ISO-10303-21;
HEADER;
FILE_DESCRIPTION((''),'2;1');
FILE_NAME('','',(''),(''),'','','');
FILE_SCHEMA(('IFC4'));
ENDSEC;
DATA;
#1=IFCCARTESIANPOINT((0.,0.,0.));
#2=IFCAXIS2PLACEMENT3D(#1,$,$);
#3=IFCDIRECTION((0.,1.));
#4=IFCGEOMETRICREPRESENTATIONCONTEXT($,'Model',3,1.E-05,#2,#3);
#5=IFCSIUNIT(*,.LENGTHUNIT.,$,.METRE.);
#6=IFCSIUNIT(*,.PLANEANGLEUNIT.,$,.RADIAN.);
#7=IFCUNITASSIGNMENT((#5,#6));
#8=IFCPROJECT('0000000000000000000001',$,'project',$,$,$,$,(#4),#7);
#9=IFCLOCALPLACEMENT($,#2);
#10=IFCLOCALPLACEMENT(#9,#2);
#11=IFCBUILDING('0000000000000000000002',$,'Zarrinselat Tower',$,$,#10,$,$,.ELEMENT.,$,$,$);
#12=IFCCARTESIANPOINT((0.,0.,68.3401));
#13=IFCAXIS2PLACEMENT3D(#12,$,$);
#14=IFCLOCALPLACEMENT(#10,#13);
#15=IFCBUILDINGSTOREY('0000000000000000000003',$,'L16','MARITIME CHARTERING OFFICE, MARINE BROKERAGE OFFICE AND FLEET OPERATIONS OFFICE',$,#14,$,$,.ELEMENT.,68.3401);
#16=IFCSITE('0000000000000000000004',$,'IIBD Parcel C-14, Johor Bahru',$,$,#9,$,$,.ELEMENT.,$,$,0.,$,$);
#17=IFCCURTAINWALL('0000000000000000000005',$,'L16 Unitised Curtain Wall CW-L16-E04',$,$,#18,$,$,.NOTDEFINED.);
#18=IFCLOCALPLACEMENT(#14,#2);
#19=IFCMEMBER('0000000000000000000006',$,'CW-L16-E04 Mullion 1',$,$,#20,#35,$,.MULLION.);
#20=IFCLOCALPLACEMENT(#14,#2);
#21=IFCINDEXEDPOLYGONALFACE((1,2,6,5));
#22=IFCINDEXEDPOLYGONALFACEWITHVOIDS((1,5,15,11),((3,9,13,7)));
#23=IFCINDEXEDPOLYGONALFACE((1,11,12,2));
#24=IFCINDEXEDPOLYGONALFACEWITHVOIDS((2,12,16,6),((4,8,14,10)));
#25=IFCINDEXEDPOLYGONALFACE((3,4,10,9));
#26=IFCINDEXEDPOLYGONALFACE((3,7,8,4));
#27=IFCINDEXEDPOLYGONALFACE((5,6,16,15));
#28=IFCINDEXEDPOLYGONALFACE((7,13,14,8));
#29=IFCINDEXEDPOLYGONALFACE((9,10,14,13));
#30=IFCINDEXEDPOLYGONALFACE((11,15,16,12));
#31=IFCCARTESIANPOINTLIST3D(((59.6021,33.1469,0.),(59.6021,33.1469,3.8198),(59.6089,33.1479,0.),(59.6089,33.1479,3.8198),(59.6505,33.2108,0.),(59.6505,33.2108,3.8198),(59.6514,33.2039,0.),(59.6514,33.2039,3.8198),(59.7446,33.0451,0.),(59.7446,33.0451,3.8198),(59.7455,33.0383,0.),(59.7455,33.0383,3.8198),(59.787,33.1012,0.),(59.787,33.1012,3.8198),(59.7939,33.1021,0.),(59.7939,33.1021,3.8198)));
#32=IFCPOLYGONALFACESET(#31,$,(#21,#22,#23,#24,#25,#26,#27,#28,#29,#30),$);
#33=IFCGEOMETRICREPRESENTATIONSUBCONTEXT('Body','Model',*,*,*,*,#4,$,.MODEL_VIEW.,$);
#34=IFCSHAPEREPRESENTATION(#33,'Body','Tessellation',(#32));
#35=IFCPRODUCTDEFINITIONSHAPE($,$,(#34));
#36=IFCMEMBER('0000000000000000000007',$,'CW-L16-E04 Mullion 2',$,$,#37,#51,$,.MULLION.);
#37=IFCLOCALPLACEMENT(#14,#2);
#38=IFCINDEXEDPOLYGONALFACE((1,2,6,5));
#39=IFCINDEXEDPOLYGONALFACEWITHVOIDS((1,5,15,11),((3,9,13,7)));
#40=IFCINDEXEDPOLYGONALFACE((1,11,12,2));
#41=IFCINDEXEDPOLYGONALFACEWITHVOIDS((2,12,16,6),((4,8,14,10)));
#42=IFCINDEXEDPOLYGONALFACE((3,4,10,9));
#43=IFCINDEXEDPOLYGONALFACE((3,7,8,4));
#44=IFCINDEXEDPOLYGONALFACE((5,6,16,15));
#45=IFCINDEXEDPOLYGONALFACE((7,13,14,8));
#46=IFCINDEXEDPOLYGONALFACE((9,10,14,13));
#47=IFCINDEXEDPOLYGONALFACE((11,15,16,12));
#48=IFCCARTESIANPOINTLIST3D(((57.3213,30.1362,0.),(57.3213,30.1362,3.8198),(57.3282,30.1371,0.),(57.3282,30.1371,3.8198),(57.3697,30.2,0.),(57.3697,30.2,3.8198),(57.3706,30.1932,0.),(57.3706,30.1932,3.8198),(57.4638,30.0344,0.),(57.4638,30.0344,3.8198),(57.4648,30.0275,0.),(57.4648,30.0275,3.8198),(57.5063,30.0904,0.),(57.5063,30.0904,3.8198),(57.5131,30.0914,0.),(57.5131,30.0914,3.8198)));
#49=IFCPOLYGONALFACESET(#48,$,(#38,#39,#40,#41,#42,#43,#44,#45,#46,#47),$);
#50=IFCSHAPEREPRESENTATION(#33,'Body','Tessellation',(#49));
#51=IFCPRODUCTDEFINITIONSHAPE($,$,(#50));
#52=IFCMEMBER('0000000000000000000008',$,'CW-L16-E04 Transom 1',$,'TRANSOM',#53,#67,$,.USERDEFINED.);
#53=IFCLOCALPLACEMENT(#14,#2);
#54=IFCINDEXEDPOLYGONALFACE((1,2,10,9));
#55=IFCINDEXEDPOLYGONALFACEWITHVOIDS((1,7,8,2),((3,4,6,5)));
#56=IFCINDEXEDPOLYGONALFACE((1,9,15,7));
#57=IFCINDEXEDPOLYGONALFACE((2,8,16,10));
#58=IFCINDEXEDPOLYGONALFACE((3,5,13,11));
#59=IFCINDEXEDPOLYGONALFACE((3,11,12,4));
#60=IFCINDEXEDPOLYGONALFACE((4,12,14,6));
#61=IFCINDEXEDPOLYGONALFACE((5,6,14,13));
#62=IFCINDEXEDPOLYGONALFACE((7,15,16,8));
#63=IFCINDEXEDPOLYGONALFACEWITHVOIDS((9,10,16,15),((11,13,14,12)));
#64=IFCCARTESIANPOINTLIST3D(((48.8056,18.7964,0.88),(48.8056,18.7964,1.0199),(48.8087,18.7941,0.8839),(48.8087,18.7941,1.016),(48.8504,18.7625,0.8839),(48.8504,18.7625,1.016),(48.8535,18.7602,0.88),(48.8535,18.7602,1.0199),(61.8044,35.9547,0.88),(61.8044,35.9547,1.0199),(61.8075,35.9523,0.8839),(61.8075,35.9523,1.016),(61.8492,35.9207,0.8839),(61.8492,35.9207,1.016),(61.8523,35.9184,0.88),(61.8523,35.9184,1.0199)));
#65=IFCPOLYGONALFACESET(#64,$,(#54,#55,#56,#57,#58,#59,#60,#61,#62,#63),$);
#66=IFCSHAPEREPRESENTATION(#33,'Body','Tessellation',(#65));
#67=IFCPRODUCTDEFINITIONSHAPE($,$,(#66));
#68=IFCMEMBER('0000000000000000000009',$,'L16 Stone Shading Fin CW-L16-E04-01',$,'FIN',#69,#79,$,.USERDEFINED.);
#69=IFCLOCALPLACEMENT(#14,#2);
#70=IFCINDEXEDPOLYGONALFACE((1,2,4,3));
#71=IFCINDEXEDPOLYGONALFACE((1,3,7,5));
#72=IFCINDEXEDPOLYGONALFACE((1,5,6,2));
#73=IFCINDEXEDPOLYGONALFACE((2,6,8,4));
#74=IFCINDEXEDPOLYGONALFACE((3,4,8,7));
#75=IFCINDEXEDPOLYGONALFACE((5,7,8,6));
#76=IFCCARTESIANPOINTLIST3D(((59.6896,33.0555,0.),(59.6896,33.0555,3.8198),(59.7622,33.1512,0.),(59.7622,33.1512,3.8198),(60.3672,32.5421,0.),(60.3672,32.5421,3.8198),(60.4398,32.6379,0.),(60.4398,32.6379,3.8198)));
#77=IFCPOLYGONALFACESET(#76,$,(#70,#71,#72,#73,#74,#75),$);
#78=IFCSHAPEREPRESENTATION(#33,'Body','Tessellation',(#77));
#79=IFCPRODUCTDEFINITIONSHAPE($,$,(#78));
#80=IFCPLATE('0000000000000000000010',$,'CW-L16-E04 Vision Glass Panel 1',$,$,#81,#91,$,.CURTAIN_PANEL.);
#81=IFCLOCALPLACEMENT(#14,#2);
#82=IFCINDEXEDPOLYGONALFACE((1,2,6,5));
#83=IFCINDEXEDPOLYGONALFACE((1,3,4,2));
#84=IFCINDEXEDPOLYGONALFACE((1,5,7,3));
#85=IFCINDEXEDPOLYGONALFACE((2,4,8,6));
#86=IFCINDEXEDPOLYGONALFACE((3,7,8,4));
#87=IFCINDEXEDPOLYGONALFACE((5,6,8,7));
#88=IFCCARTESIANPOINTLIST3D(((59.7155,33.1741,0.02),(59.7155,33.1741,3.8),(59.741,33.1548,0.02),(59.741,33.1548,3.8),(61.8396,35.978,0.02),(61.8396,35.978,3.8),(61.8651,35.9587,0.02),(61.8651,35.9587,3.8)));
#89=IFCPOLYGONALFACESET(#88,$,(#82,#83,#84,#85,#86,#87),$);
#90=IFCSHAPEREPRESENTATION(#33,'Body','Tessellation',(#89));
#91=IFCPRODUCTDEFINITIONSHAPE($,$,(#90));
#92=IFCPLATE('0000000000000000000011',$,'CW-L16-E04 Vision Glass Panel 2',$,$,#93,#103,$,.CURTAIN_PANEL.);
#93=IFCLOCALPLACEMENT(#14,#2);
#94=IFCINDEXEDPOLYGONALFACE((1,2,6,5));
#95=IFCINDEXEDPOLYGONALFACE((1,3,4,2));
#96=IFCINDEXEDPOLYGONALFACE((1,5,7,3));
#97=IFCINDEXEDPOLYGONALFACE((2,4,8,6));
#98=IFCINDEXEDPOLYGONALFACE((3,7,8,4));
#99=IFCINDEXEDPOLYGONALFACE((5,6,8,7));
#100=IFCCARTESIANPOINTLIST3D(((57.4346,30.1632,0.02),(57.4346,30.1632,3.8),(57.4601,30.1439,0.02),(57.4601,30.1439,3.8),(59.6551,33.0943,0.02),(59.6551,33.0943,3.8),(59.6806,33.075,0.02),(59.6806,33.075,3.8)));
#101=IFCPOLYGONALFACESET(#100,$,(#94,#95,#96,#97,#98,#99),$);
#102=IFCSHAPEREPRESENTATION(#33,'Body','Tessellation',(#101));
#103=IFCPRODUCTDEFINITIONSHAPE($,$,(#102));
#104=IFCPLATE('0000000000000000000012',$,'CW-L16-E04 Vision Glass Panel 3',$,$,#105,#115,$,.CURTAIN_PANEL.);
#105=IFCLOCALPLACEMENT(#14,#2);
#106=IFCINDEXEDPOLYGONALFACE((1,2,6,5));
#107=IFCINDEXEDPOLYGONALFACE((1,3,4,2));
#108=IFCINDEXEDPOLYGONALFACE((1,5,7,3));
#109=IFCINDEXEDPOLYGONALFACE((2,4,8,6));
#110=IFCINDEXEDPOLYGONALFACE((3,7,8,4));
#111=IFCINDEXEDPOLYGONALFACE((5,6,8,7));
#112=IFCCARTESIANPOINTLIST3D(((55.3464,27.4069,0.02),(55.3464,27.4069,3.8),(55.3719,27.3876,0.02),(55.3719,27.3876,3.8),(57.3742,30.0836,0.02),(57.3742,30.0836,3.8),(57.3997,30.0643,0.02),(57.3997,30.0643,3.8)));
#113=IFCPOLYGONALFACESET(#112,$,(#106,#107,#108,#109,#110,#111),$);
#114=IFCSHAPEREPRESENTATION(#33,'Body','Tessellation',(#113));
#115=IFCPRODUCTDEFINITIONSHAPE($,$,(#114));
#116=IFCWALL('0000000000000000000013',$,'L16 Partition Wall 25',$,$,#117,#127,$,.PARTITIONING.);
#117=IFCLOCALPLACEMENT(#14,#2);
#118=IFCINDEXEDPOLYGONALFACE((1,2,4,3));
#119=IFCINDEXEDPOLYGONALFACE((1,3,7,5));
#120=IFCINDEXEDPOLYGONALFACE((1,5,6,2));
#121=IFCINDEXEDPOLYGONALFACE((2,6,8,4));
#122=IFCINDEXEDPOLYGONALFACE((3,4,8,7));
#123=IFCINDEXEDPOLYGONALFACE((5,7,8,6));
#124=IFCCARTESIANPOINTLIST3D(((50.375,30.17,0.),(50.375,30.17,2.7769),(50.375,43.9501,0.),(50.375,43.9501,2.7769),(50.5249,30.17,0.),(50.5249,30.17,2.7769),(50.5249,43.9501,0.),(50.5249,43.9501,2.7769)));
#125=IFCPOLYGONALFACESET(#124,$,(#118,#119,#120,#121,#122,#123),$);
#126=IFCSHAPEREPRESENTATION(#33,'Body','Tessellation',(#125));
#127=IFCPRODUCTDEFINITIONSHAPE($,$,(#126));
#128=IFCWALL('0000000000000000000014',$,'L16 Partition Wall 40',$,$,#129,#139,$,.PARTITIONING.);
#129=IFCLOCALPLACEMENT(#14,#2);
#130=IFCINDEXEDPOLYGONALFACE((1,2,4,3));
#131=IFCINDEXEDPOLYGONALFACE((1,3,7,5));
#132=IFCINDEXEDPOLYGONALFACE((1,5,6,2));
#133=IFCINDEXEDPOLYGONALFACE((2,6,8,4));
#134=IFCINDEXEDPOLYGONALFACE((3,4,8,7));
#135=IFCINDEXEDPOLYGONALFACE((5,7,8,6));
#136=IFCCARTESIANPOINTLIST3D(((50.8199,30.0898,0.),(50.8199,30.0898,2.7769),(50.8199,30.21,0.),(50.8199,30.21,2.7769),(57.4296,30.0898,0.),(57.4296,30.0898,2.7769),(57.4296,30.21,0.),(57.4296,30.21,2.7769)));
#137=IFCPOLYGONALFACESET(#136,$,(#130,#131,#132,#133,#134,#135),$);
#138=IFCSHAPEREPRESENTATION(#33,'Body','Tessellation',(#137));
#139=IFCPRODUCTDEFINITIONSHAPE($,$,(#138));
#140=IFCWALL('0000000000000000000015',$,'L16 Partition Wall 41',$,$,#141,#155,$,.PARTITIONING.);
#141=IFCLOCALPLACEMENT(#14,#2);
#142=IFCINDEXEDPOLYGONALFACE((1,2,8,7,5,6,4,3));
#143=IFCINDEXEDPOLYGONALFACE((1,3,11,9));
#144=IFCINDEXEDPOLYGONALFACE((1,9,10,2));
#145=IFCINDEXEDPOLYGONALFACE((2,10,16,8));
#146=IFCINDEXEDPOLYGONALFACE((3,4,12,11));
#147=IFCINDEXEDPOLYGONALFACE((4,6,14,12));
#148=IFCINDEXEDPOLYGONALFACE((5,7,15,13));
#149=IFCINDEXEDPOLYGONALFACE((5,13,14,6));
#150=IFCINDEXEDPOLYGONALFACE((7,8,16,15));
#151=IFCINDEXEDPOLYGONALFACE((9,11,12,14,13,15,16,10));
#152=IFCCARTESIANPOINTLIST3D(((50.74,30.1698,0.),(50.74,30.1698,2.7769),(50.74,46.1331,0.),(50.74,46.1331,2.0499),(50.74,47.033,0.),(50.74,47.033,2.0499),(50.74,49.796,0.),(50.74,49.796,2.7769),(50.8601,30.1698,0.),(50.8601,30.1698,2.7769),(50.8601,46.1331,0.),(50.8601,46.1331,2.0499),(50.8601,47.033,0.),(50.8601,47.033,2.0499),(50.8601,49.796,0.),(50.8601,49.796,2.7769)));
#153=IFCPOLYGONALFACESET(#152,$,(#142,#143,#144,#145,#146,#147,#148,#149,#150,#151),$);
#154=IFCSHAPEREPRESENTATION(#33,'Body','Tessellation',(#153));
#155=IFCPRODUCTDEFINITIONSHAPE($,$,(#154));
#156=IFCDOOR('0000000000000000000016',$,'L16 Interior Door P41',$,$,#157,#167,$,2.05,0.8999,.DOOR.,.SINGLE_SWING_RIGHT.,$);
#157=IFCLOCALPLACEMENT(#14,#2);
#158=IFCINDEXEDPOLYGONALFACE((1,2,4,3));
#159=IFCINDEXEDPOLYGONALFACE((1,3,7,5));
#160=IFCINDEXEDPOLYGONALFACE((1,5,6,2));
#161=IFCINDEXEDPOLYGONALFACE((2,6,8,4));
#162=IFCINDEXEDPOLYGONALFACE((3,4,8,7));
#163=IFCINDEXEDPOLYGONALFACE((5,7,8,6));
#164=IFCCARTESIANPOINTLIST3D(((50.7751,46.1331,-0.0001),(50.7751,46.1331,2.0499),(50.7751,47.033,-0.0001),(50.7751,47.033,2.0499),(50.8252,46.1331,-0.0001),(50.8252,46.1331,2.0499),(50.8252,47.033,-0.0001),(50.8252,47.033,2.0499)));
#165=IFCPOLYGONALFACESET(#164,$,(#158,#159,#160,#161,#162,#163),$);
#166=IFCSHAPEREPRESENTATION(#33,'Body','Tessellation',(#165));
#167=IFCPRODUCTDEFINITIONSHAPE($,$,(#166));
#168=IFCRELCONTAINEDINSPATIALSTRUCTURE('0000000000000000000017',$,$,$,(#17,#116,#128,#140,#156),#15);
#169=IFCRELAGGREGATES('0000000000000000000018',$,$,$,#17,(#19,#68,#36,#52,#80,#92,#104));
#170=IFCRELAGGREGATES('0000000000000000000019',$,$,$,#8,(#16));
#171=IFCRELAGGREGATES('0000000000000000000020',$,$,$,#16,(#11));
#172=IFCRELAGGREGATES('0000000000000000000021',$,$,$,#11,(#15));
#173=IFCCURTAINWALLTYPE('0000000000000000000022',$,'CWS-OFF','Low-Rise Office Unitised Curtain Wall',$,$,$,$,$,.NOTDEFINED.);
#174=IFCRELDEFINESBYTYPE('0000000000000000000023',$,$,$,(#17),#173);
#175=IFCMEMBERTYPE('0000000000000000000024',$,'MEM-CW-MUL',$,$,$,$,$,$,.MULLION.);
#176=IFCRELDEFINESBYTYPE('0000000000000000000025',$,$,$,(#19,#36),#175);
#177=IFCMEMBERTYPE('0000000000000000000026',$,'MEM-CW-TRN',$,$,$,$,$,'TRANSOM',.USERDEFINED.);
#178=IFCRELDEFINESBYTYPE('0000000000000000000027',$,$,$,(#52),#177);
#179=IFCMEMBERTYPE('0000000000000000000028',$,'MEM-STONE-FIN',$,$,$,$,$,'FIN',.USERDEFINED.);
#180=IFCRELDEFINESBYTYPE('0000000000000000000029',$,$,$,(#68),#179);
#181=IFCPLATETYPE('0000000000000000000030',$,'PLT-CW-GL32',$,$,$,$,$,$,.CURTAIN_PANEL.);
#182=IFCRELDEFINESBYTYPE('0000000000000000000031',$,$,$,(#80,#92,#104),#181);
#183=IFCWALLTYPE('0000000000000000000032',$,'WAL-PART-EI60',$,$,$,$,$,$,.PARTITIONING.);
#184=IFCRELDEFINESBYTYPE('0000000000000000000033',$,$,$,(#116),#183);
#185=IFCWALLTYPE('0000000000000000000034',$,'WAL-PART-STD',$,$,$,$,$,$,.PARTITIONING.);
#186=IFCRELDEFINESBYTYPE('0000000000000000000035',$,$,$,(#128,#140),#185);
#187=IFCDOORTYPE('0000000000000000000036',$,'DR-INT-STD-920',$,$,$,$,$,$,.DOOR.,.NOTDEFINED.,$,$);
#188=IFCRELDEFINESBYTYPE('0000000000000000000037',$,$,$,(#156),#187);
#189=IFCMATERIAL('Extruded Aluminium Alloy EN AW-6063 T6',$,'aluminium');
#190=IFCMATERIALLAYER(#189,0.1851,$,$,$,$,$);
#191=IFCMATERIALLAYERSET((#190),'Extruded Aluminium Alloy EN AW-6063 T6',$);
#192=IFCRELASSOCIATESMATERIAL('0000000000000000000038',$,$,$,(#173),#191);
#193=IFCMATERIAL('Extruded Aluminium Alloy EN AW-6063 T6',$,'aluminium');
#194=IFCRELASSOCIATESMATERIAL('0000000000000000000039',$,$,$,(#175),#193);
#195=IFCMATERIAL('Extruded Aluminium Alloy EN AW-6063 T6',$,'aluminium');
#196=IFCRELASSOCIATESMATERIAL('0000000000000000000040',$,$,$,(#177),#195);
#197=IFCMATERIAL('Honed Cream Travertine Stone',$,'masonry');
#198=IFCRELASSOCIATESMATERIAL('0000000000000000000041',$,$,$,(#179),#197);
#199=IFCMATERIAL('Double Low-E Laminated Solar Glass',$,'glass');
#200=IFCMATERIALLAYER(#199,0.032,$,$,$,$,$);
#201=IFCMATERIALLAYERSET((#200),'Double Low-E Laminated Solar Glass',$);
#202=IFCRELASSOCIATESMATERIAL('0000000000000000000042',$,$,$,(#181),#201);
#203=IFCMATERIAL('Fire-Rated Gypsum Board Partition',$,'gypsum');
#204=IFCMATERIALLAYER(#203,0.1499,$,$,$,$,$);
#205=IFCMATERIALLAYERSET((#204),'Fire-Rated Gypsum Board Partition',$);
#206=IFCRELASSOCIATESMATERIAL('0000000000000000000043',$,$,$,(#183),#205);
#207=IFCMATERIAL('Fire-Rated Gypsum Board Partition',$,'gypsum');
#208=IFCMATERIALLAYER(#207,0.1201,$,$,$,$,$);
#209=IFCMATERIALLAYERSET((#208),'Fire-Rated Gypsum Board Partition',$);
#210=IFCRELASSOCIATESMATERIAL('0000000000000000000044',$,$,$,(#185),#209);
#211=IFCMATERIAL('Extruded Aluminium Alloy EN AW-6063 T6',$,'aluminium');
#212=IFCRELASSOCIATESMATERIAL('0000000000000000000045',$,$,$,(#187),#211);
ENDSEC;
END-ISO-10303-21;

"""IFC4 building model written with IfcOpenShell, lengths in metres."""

from ifc_helpers import new_model, si_unit, direction, frame, frame_2d, origin, origin_2d, place, context, subcontext, project, spatial, rectangle, hollow_rectangle, extrude, material, layer, layer_set, material_profile, profile_set, type_object, element, fill, aggregate, save


model = new_model("IFC4")

# Units and contexts
model_context = context("Model", 3, precision=1e-05, world=origin(), true_north=direction((0.0, 1.0)))
body_context = subcontext(model_context, "Body", "Model", "MODEL_VIEW")
ifc_project = project(units=[si_unit("LENGTHUNIT", "METRE"), si_unit("PLANEANGLEUNIT", "RADIAN")], contexts=[model_context])

# Site, building, storey
site_placement = place(None, origin())
site = spatial("IfcSite", under=ifc_project, at=site_placement, Name="IIBD Parcel C-14, Johor Bahru", CompositionType="ELEMENT", RefElevation=0.0)
building_placement = place(site_placement, origin())
building = spatial("IfcBuilding", under=site, at=building_placement, Name="Zarrinselat Tower", CompositionType="ELEMENT")
storey_placement = place(building_placement, frame((0.0, 0.0, 68.3401)))
storey = spatial("IfcBuildingStorey", under=building, at=storey_placement, Name="L16", Description="MARITIME CHARTERING OFFICE, MARINE BROKERAGE OFFICE AND FLEET OPERATIONS OFFICE", CompositionType="ELEMENT", Elevation=68.3401)

# Shared definitions
ifc_material_1 = material(Name="Extruded Aluminium Alloy EN AW-6063 T6", Category="aluminium")
ifc_layer_1 = layer(ifc_material_1, 0.1851)
ifc_layer_set_1 = layer_set([ifc_layer_1], Name="Extruded Aluminium Alloy EN AW-6063 T6")
curtain_wall_type = type_object("IfcCurtainWallType", Name="CWS-OFF", Description="Low-Rise Office Unitised Curtain Wall", PredefinedType="NOTDEFINED", material=ifc_layer_set_1)
ifc_material_2 = material(Name="Extruded Aluminium Alloy EN AW-6063 T6", Category="aluminium")
ifc_material_profile_1 = material_profile(ifc_material_2, hollow_rectangle(XDim=0.0801, YDim=0.1799, WallThickness=0.0049, at=origin_2d()), Name="RHS 180x80x5")
ifc_profile_set_1 = profile_set([ifc_material_profile_1], Name="Extruded Aluminium Alloy EN AW-6063 T6")
member_type_1 = type_object("IfcMemberType", Name="MEM-CW-MUL", PredefinedType="MULLION", material=ifc_profile_set_1)

# Curtain wall, members, plates
curtain_wall_1_placement = place(storey_placement, origin())
curtain_wall_1 = element("IfcCurtainWall", 1, at=curtain_wall_1_placement, inside=storey, type_object=curtain_wall_type, Name="L16 Unitised Curtain Wall CW-L16-E04", PredefinedType="NOTDEFINED")
member_1_placement = place(storey_placement, frame((59.698, 33.1245, 0.0), z_axis=(0.0, 0.0, 1.0), x_axis=(-0.603859, -0.797091, 0.0)))
member_1 = element("IfcMember", 2, at=member_1_placement, type_object=member_type_1, Name="CW-L16-E04 Mullion 1", PredefinedType="MULLION", context=body_context, shape_type="SweptSolid", body=[
    extrude(hollow_rectangle(XDim=0.0801, YDim=0.1799, WallThickness=0.0049, at=origin_2d()), origin(), (0.0, 0.0, 1.0), 3.8198),
])
member_2_placement = place(storey_placement, frame((57.4172, 30.1138, 0.0), z_axis=(0.0, 0.0, 1.0), x_axis=(-0.603859, -0.797091, 0.0)))
member_2 = element("IfcMember", 3, at=member_2_placement, type_object=member_type_1, Name="CW-L16-E04 Mullion 2", PredefinedType="MULLION", context=body_context, shape_type="SweptSolid", body=[
    extrude(hollow_rectangle(XDim=0.0801, YDim=0.1799, WallThickness=0.0049, at=origin_2d()), origin(), (0.0, 0.0, 1.0), 3.8198),
])
ifc_material_3 = material(Name="Extruded Aluminium Alloy EN AW-6063 T6", Category="aluminium")
ifc_material_profile_2 = material_profile(ifc_material_3, hollow_rectangle(XDim=0.0601, YDim=0.1399, WallThickness=0.0039, at=origin_2d()), Name="RHS 140x60x4")
ifc_profile_set_2 = profile_set([ifc_material_profile_2], Name="Extruded Aluminium Alloy EN AW-6063 T6")
member_type_2 = type_object("IfcMemberType", Name="MEM-CW-TRN", ElementType="TRANSOM", PredefinedType="USERDEFINED", material=ifc_profile_set_2)
member_3_placement = place(storey_placement, frame((61.8284, 35.9365, 0.95), z_axis=(-0.603862, -0.797089, 0.0), x_axis=(0.797089, -0.603862, 0.0)))
member_3 = element("IfcMember", 4, at=member_3_placement, type_object=member_type_2, Name="CW-L16-E04 Transom 1", ObjectType="TRANSOM", PredefinedType="USERDEFINED", context=body_context, shape_type="SweptSolid", body=[
    extrude(hollow_rectangle(XDim=0.0601, YDim=0.1399, WallThickness=0.0039, at=origin_2d()), origin(), (0.0, 0.0, 1.0), 21.5261),
])
ifc_material_4 = material(Name="Honed Cream Travertine Stone", Category="masonry")
ifc_material_profile_3 = material_profile(ifc_material_4, rectangle(XDim=0.1201, YDim=0.8501, at=origin_2d()), Name="FIN 850x120")
ifc_profile_set_3 = profile_set([ifc_material_profile_3], Name="Honed Cream Travertine Stone")
member_type_3 = type_object("IfcMemberType", Name="MEM-STONE-FIN", ElementType="FIN", PredefinedType="USERDEFINED", material=ifc_profile_set_3)
member_4_placement = place(storey_placement, frame((60.0647, 32.8467, 0.0), z_axis=(0.0, 0.0, 1.0), x_axis=(-0.603859, -0.797091, 0.0)))
member_4 = element("IfcMember", 5, at=member_4_placement, type_object=member_type_3, Name="L16 Stone Shading Fin CW-L16-E04-01", ObjectType="FIN", PredefinedType="USERDEFINED", context=body_context, shape_type="SweptSolid", body=[
    extrude(rectangle(XDim=0.1201, YDim=0.8501, at=origin_2d()), origin(), (0.0, 0.0, 1.0), 3.8198),
])
ifc_material_5 = material(Name="Double Low-E Laminated Solar Glass", Category="glass")
ifc_layer_2 = layer(ifc_material_5, 0.032)
ifc_layer_set_2 = layer_set([ifc_layer_2], Name="Double Low-E Laminated Solar Glass")
plate_type = type_object("IfcPlateType", Name="PLT-CW-GL32", PredefinedType="CURTAIN_PANEL", material=ifc_layer_set_2)
plate_1_placement = place(storey_placement, frame((60.7903, 34.5664, 0.02), z_axis=(0.0, 0.0, 1.0), x_axis=(-0.603859, -0.797091, 0.0)))
plate_1 = element("IfcPlate", 6, at=plate_1_placement, type_object=plate_type, Name="CW-L16-E04 Vision Glass Panel 1", PredefinedType="CURTAIN_PANEL", context=body_context, shape_type="SweptSolid", body=[
    extrude(rectangle(XDim=3.5176, YDim=0.032, at=origin_2d()), origin(), (0.0, 0.0, 1.0), 3.78),
])
plate_2_placement = place(storey_placement, frame((58.5576, 31.6191, 0.02), z_axis=(0.0, 0.0, 1.0), x_axis=(-0.603859, -0.797091, 0.0)))
plate_2 = element("IfcPlate", 7, at=plate_2_placement, type_object=plate_type, Name="CW-L16-E04 Vision Glass Panel 2", PredefinedType="CURTAIN_PANEL", context=body_context, shape_type="SweptSolid", body=[
    extrude(rectangle(XDim=3.6772, YDim=0.032, at=origin_2d()), origin(), (0.0, 0.0, 1.0), 3.78),
])
plate_3_placement = place(storey_placement, frame((56.373, 28.7356, 0.02), z_axis=(0.0, 0.0, 1.0), x_axis=(-0.603859, -0.797091, 0.0)))
plate_3 = element("IfcPlate", 8, at=plate_3_placement, type_object=plate_type, Name="CW-L16-E04 Vision Glass Panel 3", PredefinedType="CURTAIN_PANEL", context=body_context, shape_type="SweptSolid", body=[
    extrude(rectangle(XDim=3.3582, YDim=0.032, at=origin_2d()), origin(), (0.0, 0.0, 1.0), 3.78),
])
aggregate(curtain_wall_1, [member_1, member_4, member_2, member_3, plate_1, plate_2, plate_3])

# Walls
ifc_material_6 = material(Name="Fire-Rated Gypsum Board Partition", Category="gypsum")
ifc_layer_3 = layer(ifc_material_6, 0.1499)
ifc_layer_set_3 = layer_set([ifc_layer_3], Name="Fire-Rated Gypsum Board Partition")
wall_type_1 = type_object("IfcWallType", Name="WAL-PART-EI60", PredefinedType="PARTITIONING", material=ifc_layer_set_3)
wall_1_placement = place(storey_placement, frame((50.45, 30.1699, 0.0), z_axis=(0.0, 0.0, 1.0), x_axis=(0.0, 1.0, 0.0)))
element("IfcWall", 9, at=wall_1_placement, inside=storey, type_object=wall_type_1, Name="L16 Partition Wall 25", PredefinedType="PARTITIONING", context=body_context, shape_type="SweptSolid", body=[
    extrude(rectangle(XDim=13.78, YDim=0.1499, at=frame_2d((6.8901, 0.0))), origin(), (0.0, 0.0, 1.0), 2.7769),
])
ifc_material_7 = material(Name="Fire-Rated Gypsum Board Partition", Category="gypsum")
ifc_layer_4 = layer(ifc_material_7, 0.1201)
ifc_layer_set_4 = layer_set([ifc_layer_4], Name="Fire-Rated Gypsum Board Partition")
wall_type_2 = type_object("IfcWallType", Name="WAL-PART-STD", PredefinedType="PARTITIONING", material=ifc_layer_set_4)
wall_2_placement = place(storey_placement, frame((50.8201, 30.1499, 0.0), z_axis=(0.0, 0.0, 1.0), x_axis=(1.0, 0.0, 0.0)))
element("IfcWall", 10, at=wall_2_placement, inside=storey, type_object=wall_type_2, Name="L16 Partition Wall 40", PredefinedType="PARTITIONING", context=body_context, shape_type="SweptSolid", body=[
    extrude(rectangle(XDim=6.6096, YDim=0.1201, at=frame_2d((3.3047, 0.0))), origin(), (0.0, 0.0, 1.0), 2.7769),
])

# Wall, opening, door
wall_3_placement = place(storey_placement, frame((50.8, 30.1699, 0.0), z_axis=(0.0, 0.0, 1.0), x_axis=(0.0, 1.0, 0.0)))
wall_3 = element("IfcWall", 11, at=wall_3_placement, inside=storey, type_object=wall_type_2, Name="L16 Partition Wall 41", PredefinedType="PARTITIONING", context=body_context, shape_type="SweptSolid", body=[
    extrude(rectangle(XDim=19.6262, YDim=0.1201, at=frame_2d((9.813, 0.0))), origin(), (0.0, 0.0, 1.0), 2.7769),
])
opening_placement = place(wall_3_placement, frame((15.9631, 0.0, 0.0)))
opening = element("IfcOpeningElement", 12, at=opening_placement, cuts=wall_3, PredefinedType="OPENING", context=body_context, shape_type="SweptSolid", body=[
    extrude(rectangle(XDim=0.8999, YDim=2.05, at=frame_2d((0.45, 1.0249))), frame((0.0, 0.0701, 0.0), z_axis=(0.0, -1.0, 0.0), x_axis=(1.0, 0.0, 0.0)), (0.0, 0.0, 1.0), 0.1401),
])
ifc_material_8 = material(Name="Extruded Aluminium Alloy EN AW-6063 T6", Category="aluminium")
door_type = type_object("IfcDoorType", Name="DR-INT-STD-920", OperationType="NOTDEFINED", PredefinedType="DOOR", material=ifc_material_8)
door_placement = place(opening_placement, origin())
door = element("IfcDoor", 13, at=door_placement, inside=storey, type_object=door_type, Name="L16 Interior Door P41", OperationType="SINGLE_SWING_RIGHT", OverallHeight=2.05, OverallWidth=0.8999, PredefinedType="DOOR", context=body_context, shape_type="SweptSolid", body=[
    extrude(rectangle(XDim=0.8999, YDim=2.05, at=frame_2d((0.45, 1.0249))), frame((0.0, 0.0249, 0.0), z_axis=(0.0, -1.0, 0.0), x_axis=(1.0, 0.0, 0.0)), (0.0, 0.0, 1.0), 0.05),
])
fill(opening, door)

save(model, "model.ifc")
